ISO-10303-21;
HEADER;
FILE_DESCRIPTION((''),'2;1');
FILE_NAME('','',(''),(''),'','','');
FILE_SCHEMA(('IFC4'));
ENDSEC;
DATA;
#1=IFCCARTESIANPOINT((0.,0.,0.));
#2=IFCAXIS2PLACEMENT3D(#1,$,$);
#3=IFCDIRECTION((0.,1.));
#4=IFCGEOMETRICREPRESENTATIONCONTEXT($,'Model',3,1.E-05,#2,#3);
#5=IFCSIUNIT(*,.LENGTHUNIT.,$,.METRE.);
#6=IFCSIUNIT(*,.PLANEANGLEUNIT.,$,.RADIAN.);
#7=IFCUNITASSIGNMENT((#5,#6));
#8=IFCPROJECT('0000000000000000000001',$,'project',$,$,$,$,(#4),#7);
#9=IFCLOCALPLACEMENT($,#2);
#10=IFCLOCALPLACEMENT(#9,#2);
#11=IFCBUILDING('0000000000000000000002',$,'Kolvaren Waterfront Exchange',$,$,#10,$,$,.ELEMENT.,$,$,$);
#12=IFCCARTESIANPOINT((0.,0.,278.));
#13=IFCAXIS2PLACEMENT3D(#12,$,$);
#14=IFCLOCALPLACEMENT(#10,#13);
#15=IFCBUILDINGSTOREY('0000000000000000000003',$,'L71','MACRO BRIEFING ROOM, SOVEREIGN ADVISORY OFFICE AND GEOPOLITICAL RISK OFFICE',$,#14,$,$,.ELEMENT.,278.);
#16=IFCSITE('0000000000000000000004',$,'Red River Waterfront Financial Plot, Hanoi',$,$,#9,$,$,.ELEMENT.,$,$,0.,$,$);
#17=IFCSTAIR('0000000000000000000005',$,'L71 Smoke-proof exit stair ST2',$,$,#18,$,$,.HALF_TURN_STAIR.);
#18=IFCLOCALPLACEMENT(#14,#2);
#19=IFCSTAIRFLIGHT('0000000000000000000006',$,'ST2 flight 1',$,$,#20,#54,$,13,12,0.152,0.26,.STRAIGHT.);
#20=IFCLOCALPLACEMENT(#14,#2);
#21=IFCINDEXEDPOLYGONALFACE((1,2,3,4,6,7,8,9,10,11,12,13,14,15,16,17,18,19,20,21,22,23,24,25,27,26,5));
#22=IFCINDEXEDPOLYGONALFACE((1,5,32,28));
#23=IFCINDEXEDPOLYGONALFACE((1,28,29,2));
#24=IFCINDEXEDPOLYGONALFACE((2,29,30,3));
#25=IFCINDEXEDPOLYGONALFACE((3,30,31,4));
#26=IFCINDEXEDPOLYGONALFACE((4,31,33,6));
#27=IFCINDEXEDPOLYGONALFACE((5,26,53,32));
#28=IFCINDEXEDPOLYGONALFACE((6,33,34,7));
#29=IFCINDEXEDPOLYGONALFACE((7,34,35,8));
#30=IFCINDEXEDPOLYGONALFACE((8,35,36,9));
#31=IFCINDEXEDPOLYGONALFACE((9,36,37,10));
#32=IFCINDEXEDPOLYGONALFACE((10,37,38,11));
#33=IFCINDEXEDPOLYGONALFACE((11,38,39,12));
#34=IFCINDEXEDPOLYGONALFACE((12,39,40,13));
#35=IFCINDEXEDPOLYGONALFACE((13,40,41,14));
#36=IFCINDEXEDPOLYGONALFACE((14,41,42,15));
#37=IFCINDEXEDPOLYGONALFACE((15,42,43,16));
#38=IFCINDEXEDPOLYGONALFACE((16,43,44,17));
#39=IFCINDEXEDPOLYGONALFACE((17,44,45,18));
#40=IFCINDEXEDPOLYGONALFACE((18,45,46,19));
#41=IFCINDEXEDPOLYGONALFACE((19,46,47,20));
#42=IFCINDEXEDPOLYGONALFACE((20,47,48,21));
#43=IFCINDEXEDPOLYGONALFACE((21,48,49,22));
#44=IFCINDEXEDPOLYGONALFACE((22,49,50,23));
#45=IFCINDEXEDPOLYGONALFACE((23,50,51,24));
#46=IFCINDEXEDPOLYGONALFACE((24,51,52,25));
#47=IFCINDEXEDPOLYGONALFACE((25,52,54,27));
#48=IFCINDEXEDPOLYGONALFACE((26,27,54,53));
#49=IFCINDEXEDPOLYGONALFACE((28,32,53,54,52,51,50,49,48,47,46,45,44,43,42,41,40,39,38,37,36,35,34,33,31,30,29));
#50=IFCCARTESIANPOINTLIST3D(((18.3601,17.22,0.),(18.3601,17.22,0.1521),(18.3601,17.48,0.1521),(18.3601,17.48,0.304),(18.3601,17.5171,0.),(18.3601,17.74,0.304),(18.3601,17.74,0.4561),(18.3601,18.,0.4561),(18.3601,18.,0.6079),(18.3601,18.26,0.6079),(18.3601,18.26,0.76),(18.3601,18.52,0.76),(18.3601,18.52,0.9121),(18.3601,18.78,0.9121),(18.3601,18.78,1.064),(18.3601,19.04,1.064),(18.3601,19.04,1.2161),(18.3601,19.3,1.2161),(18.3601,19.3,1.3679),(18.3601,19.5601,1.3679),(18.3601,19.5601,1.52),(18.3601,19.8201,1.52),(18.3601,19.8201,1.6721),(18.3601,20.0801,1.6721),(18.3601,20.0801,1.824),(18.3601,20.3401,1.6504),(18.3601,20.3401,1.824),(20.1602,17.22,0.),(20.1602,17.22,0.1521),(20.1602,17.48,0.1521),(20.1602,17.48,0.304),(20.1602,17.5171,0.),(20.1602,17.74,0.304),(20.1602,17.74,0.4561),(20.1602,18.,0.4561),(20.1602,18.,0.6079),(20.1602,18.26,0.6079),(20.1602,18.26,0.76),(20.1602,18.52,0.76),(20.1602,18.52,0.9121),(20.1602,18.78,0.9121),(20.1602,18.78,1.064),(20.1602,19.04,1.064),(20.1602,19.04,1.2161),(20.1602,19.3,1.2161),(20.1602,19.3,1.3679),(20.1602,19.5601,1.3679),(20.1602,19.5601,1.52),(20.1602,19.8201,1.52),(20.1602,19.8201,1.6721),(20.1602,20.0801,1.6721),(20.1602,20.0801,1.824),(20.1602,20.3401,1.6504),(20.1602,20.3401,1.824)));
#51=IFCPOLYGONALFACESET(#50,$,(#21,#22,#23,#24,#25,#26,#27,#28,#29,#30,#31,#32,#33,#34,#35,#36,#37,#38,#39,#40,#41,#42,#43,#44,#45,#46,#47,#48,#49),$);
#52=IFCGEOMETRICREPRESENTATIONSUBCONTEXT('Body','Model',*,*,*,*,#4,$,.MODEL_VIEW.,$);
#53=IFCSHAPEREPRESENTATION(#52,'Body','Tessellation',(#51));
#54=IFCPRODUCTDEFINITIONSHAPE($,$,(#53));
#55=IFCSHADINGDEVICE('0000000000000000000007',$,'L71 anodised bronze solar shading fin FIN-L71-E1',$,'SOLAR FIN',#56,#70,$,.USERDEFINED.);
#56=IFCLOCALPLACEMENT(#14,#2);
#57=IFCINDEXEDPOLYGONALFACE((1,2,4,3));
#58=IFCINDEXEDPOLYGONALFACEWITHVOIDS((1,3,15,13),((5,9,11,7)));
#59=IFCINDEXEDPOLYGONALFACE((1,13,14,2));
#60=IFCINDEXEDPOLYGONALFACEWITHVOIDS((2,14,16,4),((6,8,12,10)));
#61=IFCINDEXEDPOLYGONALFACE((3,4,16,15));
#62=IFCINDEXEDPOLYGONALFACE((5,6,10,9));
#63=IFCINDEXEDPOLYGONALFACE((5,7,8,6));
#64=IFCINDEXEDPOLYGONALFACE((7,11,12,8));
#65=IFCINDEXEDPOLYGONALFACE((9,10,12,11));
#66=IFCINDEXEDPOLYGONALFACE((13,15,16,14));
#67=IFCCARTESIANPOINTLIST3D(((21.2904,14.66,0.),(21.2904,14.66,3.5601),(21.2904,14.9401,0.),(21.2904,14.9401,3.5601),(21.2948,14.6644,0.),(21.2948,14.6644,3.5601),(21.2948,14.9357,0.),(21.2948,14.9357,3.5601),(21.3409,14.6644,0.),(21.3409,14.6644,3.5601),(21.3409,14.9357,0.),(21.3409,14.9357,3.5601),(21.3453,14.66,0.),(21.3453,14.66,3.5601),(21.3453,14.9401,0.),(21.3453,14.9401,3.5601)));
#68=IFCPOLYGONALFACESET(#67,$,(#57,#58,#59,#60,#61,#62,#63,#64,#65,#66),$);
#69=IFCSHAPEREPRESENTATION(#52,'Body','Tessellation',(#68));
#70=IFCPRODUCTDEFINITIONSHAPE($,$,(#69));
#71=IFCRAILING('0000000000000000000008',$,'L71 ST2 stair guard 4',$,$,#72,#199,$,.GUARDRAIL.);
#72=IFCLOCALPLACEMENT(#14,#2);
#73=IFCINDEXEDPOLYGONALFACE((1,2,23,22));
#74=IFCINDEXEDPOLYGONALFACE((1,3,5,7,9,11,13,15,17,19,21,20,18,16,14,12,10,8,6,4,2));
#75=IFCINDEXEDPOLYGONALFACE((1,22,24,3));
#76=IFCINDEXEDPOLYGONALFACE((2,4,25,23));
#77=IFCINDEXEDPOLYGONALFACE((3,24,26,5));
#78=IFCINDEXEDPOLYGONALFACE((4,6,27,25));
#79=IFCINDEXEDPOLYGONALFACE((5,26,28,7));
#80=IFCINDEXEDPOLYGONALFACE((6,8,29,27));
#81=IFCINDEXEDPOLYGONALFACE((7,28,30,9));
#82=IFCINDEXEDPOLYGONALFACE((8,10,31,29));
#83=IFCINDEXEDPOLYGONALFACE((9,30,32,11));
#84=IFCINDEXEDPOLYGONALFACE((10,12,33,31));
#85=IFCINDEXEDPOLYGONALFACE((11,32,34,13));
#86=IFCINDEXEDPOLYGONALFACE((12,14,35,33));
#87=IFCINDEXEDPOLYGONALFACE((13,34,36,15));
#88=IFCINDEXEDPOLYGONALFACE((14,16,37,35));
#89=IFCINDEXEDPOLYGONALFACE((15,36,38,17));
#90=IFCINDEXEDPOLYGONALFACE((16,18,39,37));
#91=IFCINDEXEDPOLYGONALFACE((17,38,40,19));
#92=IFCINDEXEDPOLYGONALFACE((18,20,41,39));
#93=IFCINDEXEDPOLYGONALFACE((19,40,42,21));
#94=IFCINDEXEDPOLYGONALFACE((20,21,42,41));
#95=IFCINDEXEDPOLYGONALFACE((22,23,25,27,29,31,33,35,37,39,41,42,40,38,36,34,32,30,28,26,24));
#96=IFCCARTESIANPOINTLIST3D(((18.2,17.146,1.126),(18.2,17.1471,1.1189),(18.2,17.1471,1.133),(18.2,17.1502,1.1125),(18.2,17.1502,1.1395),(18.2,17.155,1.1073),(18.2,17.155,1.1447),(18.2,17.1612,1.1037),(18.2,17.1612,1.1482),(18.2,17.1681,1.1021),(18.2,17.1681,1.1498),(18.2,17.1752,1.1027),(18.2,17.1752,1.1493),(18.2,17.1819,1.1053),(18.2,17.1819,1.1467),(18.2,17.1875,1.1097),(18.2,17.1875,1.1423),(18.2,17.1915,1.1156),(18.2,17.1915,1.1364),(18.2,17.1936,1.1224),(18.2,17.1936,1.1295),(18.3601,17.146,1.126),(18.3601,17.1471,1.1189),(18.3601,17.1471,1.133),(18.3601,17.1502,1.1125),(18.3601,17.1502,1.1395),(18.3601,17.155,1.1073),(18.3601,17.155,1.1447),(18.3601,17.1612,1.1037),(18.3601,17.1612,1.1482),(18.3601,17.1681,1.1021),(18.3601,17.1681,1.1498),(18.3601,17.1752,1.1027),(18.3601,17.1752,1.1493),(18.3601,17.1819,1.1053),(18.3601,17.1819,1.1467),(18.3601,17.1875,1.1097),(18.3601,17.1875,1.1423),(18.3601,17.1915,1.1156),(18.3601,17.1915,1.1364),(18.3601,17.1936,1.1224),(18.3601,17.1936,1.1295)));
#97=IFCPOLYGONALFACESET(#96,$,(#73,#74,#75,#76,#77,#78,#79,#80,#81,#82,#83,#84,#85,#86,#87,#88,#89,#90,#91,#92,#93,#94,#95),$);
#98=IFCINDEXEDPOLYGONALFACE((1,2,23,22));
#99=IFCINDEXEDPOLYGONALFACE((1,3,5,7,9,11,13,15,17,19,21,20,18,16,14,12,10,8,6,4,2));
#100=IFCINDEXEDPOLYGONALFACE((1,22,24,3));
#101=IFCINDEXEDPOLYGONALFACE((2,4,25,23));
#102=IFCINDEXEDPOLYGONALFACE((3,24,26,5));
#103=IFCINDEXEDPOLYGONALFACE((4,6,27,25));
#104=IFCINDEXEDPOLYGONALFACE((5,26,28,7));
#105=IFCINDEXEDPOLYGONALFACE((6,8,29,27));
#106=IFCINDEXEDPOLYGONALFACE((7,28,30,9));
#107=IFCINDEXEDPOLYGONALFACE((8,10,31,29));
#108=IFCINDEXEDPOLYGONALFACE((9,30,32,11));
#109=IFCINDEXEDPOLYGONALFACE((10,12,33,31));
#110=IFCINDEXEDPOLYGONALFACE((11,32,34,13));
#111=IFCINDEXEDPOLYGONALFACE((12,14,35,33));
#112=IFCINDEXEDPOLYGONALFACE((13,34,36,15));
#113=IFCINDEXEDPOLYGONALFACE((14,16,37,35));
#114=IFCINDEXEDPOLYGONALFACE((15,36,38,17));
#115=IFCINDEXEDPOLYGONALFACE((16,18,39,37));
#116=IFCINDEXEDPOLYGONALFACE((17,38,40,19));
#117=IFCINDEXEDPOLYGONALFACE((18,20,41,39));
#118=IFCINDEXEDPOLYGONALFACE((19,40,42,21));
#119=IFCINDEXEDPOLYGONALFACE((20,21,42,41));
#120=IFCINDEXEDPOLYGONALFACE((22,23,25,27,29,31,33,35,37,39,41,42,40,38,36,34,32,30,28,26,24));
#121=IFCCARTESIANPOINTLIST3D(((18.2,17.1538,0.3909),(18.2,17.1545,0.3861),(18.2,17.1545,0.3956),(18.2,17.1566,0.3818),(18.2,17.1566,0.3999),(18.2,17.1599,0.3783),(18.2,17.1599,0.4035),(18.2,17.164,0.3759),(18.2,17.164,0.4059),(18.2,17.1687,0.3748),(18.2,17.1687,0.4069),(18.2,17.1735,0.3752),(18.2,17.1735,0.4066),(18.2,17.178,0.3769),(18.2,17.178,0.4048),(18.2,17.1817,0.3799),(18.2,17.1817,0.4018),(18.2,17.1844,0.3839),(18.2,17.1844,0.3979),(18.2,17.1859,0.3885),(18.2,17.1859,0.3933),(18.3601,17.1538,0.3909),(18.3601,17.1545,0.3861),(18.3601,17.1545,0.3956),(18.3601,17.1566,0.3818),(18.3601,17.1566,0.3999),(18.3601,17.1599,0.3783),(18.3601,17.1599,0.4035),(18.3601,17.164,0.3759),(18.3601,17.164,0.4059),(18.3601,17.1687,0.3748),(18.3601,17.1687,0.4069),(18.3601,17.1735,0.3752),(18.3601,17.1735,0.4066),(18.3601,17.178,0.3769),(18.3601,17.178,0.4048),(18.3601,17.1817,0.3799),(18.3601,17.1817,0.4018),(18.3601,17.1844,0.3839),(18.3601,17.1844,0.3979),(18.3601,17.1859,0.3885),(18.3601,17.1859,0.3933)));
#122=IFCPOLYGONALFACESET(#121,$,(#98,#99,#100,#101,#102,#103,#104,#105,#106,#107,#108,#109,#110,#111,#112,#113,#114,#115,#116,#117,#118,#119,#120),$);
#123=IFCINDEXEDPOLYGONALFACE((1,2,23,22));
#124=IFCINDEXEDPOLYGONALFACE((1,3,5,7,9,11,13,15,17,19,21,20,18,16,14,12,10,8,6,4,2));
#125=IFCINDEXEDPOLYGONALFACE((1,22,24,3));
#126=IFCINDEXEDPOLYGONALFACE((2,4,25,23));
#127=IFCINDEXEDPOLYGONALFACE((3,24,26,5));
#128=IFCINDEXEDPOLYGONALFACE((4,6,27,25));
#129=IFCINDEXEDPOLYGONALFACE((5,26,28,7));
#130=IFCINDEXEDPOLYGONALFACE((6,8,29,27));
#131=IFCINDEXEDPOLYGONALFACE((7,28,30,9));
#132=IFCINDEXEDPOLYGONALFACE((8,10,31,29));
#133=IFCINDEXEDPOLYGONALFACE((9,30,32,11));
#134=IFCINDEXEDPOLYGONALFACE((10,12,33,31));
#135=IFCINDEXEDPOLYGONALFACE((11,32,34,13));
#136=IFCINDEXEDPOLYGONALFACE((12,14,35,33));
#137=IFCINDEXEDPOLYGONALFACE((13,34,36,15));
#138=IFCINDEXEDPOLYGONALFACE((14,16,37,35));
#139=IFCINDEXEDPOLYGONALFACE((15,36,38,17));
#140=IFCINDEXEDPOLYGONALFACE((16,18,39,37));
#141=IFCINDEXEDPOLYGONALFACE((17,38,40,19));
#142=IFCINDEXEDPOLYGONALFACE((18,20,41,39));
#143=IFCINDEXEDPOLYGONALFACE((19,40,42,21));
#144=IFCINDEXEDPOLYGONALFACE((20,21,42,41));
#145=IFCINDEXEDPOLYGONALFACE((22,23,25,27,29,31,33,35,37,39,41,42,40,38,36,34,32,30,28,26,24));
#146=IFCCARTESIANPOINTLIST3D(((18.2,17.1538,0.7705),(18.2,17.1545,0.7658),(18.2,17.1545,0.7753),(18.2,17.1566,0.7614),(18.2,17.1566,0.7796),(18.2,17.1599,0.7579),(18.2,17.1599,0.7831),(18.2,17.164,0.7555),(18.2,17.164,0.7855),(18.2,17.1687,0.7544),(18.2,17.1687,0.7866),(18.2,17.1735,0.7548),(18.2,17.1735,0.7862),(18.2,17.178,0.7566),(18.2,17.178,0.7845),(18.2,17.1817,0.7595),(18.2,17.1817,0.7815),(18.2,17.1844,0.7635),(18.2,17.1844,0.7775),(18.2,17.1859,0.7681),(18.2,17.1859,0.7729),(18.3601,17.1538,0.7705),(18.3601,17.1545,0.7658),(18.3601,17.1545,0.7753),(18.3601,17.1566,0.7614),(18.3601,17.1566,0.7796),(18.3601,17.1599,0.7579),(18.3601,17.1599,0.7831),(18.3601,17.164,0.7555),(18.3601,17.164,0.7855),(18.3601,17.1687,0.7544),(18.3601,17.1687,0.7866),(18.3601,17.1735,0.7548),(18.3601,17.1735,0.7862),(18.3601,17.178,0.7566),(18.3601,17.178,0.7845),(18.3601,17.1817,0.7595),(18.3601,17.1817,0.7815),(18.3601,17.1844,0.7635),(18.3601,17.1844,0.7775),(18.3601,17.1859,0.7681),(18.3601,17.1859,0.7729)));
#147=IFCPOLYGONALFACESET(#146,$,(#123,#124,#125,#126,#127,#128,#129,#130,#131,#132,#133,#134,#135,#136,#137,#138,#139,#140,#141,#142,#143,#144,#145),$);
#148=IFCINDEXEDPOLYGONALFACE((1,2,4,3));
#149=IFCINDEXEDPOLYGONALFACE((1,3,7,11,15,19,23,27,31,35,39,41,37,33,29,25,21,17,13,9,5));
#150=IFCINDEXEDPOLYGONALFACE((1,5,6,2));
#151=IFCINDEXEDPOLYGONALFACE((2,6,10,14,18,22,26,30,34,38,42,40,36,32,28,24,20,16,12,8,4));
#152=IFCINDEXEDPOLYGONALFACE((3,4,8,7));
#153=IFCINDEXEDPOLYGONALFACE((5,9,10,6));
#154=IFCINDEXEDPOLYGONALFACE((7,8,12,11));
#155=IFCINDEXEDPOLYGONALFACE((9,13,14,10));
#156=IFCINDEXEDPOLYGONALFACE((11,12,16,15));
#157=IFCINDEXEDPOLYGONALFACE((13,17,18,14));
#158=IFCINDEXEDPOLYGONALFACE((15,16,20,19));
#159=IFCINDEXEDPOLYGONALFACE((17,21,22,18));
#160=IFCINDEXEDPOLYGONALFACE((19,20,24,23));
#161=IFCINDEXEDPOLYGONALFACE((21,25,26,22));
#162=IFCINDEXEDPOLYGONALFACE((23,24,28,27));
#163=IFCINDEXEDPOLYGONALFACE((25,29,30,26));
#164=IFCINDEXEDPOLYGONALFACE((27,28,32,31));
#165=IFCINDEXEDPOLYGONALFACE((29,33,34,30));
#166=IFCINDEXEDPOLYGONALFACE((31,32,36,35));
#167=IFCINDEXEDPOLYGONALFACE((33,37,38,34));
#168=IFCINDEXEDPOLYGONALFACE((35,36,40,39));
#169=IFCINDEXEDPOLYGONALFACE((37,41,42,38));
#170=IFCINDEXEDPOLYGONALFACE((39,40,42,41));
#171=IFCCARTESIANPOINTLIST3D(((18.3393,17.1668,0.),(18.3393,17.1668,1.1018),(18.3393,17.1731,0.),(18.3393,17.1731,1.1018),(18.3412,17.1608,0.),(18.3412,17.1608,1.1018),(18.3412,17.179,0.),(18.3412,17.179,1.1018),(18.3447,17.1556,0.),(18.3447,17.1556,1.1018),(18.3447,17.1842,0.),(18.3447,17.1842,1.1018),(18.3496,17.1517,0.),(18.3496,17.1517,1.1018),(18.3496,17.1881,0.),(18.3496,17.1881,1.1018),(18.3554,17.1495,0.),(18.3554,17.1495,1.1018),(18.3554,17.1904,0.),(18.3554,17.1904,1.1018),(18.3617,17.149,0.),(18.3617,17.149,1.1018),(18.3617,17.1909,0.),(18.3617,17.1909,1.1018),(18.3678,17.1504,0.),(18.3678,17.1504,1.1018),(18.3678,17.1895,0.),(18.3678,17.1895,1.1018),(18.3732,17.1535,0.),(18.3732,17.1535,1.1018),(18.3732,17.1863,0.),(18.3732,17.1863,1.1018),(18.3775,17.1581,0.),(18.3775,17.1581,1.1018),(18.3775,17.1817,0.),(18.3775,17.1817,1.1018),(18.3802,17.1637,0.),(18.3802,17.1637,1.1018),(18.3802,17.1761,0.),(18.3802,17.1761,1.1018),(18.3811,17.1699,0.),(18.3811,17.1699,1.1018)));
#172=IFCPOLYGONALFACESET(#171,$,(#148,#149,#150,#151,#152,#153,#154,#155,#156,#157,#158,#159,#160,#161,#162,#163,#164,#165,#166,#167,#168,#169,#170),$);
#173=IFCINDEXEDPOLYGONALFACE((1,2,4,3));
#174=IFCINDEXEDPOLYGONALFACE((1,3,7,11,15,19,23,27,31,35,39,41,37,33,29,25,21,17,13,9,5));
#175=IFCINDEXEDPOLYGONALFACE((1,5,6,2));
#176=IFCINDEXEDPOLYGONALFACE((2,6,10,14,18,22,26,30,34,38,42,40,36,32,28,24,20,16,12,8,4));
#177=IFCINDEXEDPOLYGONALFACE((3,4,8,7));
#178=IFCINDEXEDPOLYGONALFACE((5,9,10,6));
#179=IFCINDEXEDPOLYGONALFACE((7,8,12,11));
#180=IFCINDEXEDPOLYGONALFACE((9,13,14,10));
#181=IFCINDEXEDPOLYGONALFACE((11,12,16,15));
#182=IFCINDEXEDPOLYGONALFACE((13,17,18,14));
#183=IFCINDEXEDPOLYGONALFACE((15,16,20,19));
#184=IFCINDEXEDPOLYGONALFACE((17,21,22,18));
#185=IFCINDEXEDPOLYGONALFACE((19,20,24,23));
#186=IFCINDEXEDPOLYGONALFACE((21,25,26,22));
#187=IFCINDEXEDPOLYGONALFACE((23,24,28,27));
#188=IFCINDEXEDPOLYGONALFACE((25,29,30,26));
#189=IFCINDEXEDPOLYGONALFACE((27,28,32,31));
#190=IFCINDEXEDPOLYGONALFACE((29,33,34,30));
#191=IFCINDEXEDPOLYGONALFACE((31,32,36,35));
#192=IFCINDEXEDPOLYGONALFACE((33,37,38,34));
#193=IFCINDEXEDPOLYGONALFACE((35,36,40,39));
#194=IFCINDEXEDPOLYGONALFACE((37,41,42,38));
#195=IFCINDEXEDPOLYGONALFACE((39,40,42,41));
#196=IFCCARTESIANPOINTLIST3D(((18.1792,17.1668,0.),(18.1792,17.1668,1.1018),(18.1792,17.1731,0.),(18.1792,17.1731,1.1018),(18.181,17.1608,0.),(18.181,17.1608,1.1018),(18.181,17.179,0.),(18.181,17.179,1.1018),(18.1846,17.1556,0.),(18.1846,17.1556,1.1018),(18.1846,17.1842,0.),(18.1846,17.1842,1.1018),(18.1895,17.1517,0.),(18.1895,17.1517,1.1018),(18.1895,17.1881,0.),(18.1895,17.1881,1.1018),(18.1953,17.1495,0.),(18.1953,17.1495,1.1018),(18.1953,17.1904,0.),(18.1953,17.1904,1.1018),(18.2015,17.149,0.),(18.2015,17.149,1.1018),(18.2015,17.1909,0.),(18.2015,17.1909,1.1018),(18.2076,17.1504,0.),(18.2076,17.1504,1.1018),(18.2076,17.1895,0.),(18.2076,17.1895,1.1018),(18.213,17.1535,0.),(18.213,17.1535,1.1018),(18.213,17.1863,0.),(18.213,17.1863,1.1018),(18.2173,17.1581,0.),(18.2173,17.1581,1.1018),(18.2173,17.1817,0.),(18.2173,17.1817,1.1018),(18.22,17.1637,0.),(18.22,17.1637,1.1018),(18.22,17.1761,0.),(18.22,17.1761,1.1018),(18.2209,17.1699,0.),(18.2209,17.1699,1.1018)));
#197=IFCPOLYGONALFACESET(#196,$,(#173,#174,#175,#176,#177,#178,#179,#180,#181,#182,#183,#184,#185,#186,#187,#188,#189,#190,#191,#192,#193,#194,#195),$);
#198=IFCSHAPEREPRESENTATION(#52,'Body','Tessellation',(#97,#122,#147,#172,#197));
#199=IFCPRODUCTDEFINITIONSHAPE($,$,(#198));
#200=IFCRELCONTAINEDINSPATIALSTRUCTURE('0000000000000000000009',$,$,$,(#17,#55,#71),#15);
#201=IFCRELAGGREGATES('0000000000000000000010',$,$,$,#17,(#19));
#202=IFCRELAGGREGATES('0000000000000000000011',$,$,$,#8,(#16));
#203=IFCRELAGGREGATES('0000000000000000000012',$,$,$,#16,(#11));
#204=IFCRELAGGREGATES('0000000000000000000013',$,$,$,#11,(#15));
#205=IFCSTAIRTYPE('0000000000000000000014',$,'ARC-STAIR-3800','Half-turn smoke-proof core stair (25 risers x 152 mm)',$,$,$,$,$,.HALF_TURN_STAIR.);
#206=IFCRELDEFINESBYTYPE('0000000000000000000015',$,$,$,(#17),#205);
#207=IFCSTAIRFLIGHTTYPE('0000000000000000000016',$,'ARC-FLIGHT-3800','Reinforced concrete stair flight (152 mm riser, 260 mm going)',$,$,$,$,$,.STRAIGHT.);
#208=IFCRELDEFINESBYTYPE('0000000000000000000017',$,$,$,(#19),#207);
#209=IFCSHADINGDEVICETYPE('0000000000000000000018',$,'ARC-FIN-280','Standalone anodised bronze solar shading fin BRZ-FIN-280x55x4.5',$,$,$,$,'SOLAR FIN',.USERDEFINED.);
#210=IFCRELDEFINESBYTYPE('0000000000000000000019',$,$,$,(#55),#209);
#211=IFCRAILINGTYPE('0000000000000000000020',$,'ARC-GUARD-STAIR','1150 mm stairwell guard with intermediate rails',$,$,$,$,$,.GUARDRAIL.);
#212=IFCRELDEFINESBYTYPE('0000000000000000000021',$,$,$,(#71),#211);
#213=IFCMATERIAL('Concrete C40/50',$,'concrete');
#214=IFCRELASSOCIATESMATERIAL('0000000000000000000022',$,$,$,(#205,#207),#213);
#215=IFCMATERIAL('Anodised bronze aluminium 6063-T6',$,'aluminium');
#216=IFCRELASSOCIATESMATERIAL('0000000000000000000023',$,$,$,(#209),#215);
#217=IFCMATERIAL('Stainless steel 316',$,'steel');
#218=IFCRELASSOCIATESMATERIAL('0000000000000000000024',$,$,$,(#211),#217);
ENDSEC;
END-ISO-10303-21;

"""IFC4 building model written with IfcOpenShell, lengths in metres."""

from ifc_helpers import new_model, si_unit, direction, frame, origin, origin_2d, place, context, subcontext, project, spatial, polyline, hollow_rectangle, circle, outline, extrude, material, material_profile, profile_set, type_object, element, aggregate, save


model = new_model("IFC4")

# Units and contexts
model_context = context("Model", 3, precision=1e-05, world=origin(), true_north=direction((0.0, 1.0)))
body_context = subcontext(model_context, "Body", "Model", "MODEL_VIEW")
ifc_project = project(units=[si_unit("LENGTHUNIT", "METRE"), si_unit("PLANEANGLEUNIT", "RADIAN")], contexts=[model_context])

# Site, building, storey
site_placement = place(None, origin())
site = spatial("IfcSite", under=ifc_project, at=site_placement, Name="Red River Waterfront Financial Plot, Hanoi", CompositionType="ELEMENT", RefElevation=0.0)
building_placement = place(site_placement, origin())
building = spatial("IfcBuilding", under=site, at=building_placement, Name="Kolvaren Waterfront Exchange", CompositionType="ELEMENT")
storey_placement = place(building_placement, frame((0.0, 0.0, 278.0)))
storey = spatial("IfcBuildingStorey", under=building, at=storey_placement, Name="L71", Description="MACRO BRIEFING ROOM, SOVEREIGN ADVISORY OFFICE AND GEOPOLITICAL RISK OFFICE", CompositionType="ELEMENT", Elevation=278.0)

# Shared definitions
ifc_material_1 = material(Name="Concrete C40/50", Category="concrete")

# Stair, stair flight
stair_type = type_object("IfcStairType", Name="ARC-STAIR-3800", Description="Half-turn smoke-proof core stair (25 risers x 152 mm)", PredefinedType="HALF_TURN_STAIR", material=ifc_material_1)
stair_placement = place(storey_placement, origin())
stair = element("IfcStair", 1, at=stair_placement, inside=storey, type_object=stair_type, Name="L71 Smoke-proof exit stair ST2", PredefinedType="HALF_TURN_STAIR")
stair_flight_type = type_object("IfcStairFlightType", Name="ARC-FLIGHT-3800", Description="Reinforced concrete stair flight (152 mm riser, 260 mm going)", PredefinedType="STRAIGHT", material=ifc_material_1)
stair_flight_placement = place(storey_placement, frame((19.26, 17.22, 0.0), z_axis=(0.0, 0.0, 1.0), x_axis=(0.0, 1.0, 0.0)))
stair_flight = element("IfcStairFlight", 2, at=stair_flight_placement, type_object=stair_flight_type, Name="ST2 flight 1", NumberOfRisers=13, NumberOfTreads=12, PredefinedType="STRAIGHT", RiserHeight=0.152, TreadLength=0.26, context=body_context, shape_type="SweptSolid", body=[
    extrude(outline(polyline([(0.0, 0.0), (0.0, 0.1521), (0.26, 0.1521), (0.26, 0.304), (0.52, 0.304), (0.52, 0.4561), (0.78, 0.4561), (0.78, 0.6079), (1.04, 0.6079), (1.04, 0.76), (1.3, 0.76), (1.3, 0.9121), (1.5601, 0.9121), (1.5601, 1.064), (1.8201, 1.064), (1.8201, 1.2161), (2.0801, 1.2161), (2.0801, 1.3679), (2.3401, 1.3679), (2.3401, 1.52), (2.6001, 1.52), (2.6001, 1.6721), (2.8601, 1.6721), (2.8601, 1.824), (3.1201, 1.824), (3.1201, 1.9761), (3.1201, 1.6504), (0.2971, 0.0), (0.0, 0.0)])), frame((0.0, 0.8999, 0.0), z_axis=(0.0, -1.0, 0.0), x_axis=(1.0, 0.0, 0.0)), (0.0, 0.0, 1.0), 1.8),
])
aggregate(stair, [stair_flight])

# Shading device
ifc_material_2 = material(Name="Anodised bronze aluminium 6063-T6", Category="aluminium")
ifc_material_profile_1 = material_profile(ifc_material_2, hollow_rectangle(XDim=0.0549, YDim=0.28, WallThickness=0.0044, at=origin_2d()), Name="BRZ-FIN-280x55x4.5")
ifc_profile_set_1 = profile_set([ifc_material_profile_1], Name="Anodised bronze aluminium 6063-T6")
shading_device_type = type_object("IfcShadingDeviceType", Name="ARC-FIN-280", Description="Standalone anodised bronze solar shading fin BRZ-FIN-280x55x4.5", ElementType="SOLAR FIN", PredefinedType="USERDEFINED", material=ifc_profile_set_1)
shading_device_placement = place(storey_placement, frame((21.3179, 14.8, 0.0), z_axis=(0.0, 0.0, 1.0), x_axis=(1.0, 0.0, 0.0)))
element("IfcShadingDevice", 3, at=shading_device_placement, inside=storey, type_object=shading_device_type, Name="L71 anodised bronze solar shading fin FIN-L71-E1", ObjectType="SOLAR FIN", PredefinedType="USERDEFINED", context=body_context, shape_type="SweptSolid", body=[
    extrude(hollow_rectangle(XDim=0.0549, YDim=0.28, WallThickness=0.0044, at=origin_2d()), origin(), (0.0, 0.0, 1.0), 3.5601),
])

# Railing
ifc_material_3 = material(Name="Stainless steel 316", Category="steel")
railing_type_1 = type_object("IfcRailingType", Name="ARC-GUARD-STAIR", Description="1150 mm stairwell guard with intermediate rails", PredefinedType="GUARDRAIL", material=ifc_material_3)
railing_1_placement = place(storey_placement, frame((18.3601, 17.1699, 0.0)))
element("IfcRailing", 4, at=railing_1_placement, inside=storey, type_object=railing_type_1, Name="L71 ST2 stair guard 4", PredefinedType="GUARDRAIL", context=body_context, shape_type="SweptSolid", body=[
    extrude(circle(Radius=0.0239, at=origin_2d()), frame((0.0, 0.0, 1.126), z_axis=(-1.0, 0.0, 0.0), x_axis=(0.0, -1.0, 0.0)), (0.0, 0.0, 1.0), 0.1602),
    extrude(circle(Radius=0.0161, at=origin_2d()), frame((0.0, 0.0, 0.3909), z_axis=(-1.0, 0.0, 0.0), x_axis=(0.0, -1.0, 0.0)), (0.0, 0.0, 1.0), 0.1602),
    extrude(circle(Radius=0.0161, at=origin_2d()), frame((0.0, 0.0, 0.7705), z_axis=(-1.0, 0.0, 0.0), x_axis=(0.0, -1.0, 0.0)), (0.0, 0.0, 1.0), 0.1602),
    extrude(circle(Radius=0.021, at=origin_2d()), origin(), (0.0, 0.0, 1.0), 1.1018),
    extrude(circle(Radius=0.021, at=origin_2d()), frame((-0.1602, 0.0, 0.0)), (0.0, 0.0, 1.0), 1.1018),
])

save(model, "model.ifc")
